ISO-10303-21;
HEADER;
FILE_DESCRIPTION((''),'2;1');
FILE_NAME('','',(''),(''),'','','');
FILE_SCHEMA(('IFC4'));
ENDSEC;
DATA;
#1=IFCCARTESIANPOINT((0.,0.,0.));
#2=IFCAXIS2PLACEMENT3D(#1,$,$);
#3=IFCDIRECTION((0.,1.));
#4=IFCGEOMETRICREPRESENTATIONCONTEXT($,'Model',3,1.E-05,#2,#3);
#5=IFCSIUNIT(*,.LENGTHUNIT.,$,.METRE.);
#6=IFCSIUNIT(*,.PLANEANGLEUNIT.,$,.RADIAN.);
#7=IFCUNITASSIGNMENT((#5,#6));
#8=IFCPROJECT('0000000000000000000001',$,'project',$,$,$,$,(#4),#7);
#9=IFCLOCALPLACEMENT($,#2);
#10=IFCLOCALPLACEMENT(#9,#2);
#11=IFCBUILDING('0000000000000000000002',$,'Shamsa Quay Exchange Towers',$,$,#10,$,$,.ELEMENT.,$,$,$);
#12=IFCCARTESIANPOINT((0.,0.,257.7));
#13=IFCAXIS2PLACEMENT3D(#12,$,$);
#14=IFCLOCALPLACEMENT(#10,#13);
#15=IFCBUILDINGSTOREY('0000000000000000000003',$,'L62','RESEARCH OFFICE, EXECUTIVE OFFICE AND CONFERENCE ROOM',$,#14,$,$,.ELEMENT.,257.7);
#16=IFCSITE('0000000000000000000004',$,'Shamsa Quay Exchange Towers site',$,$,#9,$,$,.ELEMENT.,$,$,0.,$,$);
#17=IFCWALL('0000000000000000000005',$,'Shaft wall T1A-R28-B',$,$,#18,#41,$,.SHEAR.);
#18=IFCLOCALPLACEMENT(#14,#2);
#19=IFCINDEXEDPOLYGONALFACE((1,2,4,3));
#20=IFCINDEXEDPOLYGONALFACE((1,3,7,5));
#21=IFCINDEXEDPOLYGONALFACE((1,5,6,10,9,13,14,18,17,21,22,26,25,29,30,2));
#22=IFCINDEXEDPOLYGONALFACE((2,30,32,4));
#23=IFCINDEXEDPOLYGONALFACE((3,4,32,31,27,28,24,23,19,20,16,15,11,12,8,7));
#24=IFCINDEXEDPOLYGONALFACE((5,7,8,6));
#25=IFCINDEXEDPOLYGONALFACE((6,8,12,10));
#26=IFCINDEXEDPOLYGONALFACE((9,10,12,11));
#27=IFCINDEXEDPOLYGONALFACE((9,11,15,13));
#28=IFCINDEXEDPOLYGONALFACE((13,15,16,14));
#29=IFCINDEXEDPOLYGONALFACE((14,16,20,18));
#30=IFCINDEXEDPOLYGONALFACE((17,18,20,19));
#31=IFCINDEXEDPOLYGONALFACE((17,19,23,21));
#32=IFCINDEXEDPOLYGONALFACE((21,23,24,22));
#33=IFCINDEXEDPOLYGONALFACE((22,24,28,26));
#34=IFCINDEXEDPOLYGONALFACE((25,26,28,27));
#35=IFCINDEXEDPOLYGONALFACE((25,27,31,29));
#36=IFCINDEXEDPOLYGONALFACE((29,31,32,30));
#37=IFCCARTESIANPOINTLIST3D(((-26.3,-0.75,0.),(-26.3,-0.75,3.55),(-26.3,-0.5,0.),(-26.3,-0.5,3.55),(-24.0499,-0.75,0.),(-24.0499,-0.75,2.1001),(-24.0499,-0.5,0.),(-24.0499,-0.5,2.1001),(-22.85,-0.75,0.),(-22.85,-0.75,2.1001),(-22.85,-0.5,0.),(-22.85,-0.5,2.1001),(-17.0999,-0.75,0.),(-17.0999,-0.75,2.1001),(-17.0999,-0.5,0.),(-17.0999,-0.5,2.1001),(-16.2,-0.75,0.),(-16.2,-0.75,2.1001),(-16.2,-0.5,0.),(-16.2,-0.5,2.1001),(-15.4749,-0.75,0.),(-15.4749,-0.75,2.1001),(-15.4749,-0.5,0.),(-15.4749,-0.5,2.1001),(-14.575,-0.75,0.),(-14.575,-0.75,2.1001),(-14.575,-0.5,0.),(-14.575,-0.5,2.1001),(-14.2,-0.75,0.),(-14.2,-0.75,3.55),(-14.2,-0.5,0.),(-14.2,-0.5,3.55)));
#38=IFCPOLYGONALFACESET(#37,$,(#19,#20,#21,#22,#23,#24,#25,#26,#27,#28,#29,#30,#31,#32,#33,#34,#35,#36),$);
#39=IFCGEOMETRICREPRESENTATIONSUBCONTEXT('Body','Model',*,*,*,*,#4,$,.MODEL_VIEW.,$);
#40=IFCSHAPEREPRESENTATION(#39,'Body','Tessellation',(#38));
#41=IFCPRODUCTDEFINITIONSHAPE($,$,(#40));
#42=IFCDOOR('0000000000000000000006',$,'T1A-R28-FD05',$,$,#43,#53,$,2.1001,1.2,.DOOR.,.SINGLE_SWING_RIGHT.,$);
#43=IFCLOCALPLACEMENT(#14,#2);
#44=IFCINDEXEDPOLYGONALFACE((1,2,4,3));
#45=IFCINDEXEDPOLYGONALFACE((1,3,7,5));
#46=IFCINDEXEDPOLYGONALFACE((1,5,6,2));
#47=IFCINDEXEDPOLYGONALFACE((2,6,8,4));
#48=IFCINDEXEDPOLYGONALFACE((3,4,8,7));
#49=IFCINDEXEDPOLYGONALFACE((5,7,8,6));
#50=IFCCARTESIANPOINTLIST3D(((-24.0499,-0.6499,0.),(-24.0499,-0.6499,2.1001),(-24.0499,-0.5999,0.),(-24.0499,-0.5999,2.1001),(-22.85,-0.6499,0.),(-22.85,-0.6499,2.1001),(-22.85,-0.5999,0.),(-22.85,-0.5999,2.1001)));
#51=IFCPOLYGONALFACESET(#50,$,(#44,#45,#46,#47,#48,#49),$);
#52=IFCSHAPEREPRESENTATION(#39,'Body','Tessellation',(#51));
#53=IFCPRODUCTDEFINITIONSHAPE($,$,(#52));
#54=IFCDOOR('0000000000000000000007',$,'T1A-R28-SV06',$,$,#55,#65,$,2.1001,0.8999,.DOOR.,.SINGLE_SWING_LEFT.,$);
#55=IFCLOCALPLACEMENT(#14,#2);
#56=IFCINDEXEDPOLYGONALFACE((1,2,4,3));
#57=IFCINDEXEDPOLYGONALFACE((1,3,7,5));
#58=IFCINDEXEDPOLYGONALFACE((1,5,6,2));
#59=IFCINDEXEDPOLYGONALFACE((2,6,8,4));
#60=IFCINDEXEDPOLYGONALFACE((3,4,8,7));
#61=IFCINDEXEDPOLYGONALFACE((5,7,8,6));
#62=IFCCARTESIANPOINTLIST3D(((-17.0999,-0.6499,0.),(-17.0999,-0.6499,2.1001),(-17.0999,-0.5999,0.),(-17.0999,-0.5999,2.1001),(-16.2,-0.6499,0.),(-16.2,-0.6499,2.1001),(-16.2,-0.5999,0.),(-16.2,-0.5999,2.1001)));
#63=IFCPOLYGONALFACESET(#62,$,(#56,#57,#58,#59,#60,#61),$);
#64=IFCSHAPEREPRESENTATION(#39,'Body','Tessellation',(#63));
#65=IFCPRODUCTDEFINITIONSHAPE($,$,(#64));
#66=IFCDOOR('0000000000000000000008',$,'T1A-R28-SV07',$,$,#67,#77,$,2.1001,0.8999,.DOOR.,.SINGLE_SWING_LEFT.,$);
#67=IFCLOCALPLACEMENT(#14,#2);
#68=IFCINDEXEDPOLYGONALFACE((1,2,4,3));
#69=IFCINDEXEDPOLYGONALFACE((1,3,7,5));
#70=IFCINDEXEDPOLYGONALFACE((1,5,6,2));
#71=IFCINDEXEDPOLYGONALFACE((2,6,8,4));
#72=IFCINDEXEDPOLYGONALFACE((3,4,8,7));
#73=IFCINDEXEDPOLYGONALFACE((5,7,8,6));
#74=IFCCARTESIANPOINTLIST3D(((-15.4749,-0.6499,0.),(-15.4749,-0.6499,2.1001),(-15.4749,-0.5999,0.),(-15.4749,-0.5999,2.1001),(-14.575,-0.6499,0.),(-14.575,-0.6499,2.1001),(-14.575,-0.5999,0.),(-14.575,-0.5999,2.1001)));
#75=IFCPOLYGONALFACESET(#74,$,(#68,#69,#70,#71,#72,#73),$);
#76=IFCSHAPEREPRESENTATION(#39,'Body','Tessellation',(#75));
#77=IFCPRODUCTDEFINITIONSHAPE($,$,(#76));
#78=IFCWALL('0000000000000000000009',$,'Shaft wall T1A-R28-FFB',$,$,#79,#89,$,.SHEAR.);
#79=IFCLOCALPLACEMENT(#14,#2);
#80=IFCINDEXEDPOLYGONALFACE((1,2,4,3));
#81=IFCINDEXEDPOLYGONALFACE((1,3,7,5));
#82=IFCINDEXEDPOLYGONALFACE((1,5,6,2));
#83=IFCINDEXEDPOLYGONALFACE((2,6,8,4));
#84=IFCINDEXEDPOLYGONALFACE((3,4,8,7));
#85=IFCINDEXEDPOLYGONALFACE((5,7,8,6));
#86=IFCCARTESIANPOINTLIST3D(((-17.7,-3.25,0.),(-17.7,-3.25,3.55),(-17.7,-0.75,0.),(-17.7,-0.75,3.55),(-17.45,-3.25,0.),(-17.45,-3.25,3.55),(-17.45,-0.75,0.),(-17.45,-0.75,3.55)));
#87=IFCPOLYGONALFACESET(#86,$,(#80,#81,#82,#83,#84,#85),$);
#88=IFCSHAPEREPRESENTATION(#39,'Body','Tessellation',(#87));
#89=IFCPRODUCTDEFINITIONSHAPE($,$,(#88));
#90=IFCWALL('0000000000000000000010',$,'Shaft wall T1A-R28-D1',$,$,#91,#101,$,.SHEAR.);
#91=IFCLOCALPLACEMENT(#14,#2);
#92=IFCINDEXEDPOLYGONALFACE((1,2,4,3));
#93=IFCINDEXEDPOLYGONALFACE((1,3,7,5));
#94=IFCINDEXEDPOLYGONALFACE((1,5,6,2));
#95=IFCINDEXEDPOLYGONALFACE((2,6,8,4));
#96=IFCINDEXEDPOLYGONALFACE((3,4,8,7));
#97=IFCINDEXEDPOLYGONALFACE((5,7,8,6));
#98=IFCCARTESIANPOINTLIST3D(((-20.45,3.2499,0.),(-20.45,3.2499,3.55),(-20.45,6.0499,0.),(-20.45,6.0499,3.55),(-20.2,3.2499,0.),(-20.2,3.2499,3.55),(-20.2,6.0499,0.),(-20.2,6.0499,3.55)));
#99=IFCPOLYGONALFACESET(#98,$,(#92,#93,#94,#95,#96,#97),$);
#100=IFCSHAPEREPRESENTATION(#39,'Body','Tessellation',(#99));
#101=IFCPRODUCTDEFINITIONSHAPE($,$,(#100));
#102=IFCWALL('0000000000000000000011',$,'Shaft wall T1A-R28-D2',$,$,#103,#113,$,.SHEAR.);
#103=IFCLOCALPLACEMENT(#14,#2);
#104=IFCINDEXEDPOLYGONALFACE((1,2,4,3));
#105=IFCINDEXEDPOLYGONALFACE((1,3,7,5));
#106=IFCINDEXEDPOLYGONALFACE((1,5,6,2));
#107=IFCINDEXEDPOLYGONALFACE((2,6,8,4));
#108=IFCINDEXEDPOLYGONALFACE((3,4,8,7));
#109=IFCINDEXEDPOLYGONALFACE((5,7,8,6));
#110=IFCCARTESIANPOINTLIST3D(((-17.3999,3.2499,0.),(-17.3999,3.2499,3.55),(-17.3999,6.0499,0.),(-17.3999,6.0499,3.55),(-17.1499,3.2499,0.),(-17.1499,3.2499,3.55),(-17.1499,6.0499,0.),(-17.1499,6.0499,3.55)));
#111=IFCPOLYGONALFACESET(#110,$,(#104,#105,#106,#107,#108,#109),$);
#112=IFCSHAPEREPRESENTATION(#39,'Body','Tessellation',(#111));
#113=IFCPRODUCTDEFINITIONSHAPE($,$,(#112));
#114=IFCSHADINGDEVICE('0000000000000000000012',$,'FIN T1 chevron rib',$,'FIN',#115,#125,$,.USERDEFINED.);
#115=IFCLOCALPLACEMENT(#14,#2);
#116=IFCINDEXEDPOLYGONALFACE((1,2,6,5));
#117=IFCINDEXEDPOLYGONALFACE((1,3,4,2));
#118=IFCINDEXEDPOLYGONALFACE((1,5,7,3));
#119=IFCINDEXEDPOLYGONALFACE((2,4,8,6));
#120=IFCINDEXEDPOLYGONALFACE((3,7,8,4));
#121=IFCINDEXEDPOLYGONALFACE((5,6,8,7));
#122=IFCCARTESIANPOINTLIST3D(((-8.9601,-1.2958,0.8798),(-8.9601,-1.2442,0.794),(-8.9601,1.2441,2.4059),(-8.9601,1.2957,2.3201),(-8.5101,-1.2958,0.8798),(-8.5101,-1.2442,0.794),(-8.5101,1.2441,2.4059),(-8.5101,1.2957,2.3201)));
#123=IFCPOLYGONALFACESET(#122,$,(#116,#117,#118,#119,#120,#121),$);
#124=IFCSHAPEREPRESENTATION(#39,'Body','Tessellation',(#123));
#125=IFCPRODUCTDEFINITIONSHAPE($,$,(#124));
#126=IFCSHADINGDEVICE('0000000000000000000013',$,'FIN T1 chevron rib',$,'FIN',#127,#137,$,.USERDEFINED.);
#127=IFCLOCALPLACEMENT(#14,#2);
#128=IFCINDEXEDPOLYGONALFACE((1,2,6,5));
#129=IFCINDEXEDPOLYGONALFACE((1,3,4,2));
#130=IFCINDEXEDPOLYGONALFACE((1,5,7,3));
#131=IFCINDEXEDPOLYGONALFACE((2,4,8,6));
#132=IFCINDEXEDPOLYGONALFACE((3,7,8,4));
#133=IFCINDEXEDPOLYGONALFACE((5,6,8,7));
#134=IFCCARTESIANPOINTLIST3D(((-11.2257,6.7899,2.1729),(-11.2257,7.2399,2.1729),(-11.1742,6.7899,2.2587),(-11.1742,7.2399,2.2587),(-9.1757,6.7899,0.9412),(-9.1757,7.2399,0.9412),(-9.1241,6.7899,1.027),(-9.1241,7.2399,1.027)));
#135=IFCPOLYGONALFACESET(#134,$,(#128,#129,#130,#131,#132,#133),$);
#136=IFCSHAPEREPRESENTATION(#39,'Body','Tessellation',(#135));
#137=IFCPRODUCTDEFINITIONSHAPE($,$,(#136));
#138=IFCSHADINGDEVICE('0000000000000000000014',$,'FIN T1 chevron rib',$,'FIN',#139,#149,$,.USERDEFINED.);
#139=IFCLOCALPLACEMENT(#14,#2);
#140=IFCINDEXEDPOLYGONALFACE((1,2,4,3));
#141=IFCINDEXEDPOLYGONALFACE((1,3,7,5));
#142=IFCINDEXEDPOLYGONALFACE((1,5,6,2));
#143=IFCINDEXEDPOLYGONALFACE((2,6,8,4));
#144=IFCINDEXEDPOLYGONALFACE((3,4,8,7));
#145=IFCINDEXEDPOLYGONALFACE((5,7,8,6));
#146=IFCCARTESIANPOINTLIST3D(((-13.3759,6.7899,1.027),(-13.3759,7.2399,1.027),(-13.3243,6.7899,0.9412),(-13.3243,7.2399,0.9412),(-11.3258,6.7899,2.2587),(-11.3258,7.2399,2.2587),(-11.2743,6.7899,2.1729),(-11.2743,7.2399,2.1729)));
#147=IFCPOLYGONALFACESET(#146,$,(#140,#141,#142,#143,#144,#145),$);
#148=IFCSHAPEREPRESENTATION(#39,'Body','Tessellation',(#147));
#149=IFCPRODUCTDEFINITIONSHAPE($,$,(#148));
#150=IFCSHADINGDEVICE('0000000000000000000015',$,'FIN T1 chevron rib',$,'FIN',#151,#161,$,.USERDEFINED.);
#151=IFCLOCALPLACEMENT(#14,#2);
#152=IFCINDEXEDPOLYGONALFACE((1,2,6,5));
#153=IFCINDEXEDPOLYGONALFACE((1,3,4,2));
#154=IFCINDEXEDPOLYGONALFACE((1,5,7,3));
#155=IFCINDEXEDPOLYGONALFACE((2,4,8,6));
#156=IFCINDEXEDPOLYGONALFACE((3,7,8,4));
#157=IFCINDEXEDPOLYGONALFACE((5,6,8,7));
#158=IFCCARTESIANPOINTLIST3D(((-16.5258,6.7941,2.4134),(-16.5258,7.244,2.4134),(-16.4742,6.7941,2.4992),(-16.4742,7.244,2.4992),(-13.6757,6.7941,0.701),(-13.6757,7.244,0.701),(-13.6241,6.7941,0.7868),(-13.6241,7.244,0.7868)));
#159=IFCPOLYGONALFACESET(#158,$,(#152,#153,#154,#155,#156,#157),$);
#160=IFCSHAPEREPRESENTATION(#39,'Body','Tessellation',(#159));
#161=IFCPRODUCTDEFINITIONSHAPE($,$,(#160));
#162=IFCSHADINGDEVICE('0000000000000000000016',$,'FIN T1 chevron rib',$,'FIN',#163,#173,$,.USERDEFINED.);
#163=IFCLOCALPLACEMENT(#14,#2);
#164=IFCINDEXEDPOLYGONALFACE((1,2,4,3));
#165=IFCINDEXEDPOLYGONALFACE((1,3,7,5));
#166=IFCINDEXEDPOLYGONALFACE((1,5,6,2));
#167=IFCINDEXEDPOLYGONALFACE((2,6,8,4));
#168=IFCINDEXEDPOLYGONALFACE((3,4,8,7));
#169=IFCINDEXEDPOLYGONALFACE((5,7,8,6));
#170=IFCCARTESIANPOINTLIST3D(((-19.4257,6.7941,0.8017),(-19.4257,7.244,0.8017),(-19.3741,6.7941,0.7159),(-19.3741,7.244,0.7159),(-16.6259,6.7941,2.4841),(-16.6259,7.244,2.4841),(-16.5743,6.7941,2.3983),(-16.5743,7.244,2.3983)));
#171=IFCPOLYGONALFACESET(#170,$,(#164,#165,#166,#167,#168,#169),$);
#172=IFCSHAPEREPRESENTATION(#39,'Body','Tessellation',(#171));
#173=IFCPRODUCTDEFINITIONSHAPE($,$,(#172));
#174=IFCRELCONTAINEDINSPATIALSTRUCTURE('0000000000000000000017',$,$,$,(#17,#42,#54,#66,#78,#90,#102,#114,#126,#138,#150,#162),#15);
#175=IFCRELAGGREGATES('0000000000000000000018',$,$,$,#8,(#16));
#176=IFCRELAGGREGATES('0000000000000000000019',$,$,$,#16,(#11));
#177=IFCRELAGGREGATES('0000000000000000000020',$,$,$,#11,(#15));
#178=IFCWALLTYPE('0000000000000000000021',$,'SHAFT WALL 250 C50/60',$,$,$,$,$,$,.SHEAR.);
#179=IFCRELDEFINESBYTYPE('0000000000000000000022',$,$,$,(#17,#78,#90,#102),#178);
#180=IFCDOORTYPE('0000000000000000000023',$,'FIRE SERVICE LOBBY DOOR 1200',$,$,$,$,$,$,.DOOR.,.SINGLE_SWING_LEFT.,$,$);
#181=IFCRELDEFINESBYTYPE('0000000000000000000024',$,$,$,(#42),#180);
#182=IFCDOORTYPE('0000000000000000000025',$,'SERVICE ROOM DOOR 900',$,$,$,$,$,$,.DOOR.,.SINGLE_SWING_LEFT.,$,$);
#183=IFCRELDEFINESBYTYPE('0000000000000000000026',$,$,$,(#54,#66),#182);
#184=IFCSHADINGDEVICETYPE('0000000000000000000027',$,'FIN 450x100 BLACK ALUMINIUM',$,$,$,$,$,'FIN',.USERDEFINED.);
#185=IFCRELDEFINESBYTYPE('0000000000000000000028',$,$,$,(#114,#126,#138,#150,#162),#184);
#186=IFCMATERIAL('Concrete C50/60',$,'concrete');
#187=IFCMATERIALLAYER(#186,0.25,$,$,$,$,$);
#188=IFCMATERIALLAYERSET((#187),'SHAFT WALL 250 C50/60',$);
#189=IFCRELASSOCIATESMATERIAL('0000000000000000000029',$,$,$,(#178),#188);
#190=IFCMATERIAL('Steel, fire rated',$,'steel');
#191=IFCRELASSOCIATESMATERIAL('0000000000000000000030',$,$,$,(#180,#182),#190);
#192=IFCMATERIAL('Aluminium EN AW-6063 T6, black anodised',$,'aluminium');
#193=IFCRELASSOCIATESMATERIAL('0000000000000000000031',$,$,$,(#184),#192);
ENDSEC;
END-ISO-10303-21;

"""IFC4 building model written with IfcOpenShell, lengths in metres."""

from ifc_helpers import new_model, si_unit, direction, frame, frame_2d, origin, origin_2d, place, context, subcontext, project, spatial, rectangle, extrude, material, layer, layer_set, material_profile, profile_set, type_object, element, fill, save


model = new_model("IFC4")

# Units and contexts
model_context = context("Model", 3, precision=1e-05, world=origin(), true_north=direction((0.0, 1.0)))
body_context = subcontext(model_context, "Body", "Model", "MODEL_VIEW")
ifc_project = project(units=[si_unit("LENGTHUNIT", "METRE"), si_unit("PLANEANGLEUNIT", "RADIAN")], contexts=[model_context])

# Site, building, storey
site_placement = place(None, origin())
site = spatial("IfcSite", under=ifc_project, at=site_placement, Name="Shamsa Quay Exchange Towers site", CompositionType="ELEMENT", RefElevation=0.0)
building_placement = place(site_placement, origin())
building = spatial("IfcBuilding", under=site, at=building_placement, Name="Shamsa Quay Exchange Towers", CompositionType="ELEMENT")
storey_placement = place(building_placement, frame((0.0, 0.0, 257.7)))
storey = spatial("IfcBuildingStorey", under=building, at=storey_placement, Name="L62", Description="RESEARCH OFFICE, EXECUTIVE OFFICE AND CONFERENCE ROOM", CompositionType="ELEMENT", Elevation=257.7)

# Shared definitions
ifc_material_1 = material(Name="Aluminium EN AW-6063 T6, black anodised", Category="aluminium")

# Shared definitions
ifc_material_2 = material(Name="Steel, fire rated", Category="steel")

# Wall, openings, doors
ifc_material_3 = material(Name="Concrete C50/60", Category="concrete")
ifc_layer_1 = layer(ifc_material_3, 0.25)
ifc_layer_set_1 = layer_set([ifc_layer_1], Name="SHAFT WALL 250 C50/60")
wall_type_1 = type_object("IfcWallType", Name="SHAFT WALL 250 C50/60", PredefinedType="SHEAR", material=ifc_layer_set_1)
wall_1_placement = place(storey_placement, frame((-14.2, -0.625, 0.0), z_axis=(0.0, 0.0, 1.0), x_axis=(-1.0, 0.0, 0.0)))
wall_1 = element("IfcWall", 1, at=wall_1_placement, inside=storey, type_object=wall_type_1, Name="Shaft wall T1A-R28-B", PredefinedType="SHEAR", context=body_context, shape_type="SweptSolid", body=[
    extrude(rectangle(XDim=12.1001, YDim=0.25, at=frame_2d((6.05, 0.0))), origin(), (0.0, 0.0, 1.0), 3.55),
])
opening_1_placement = place(wall_1_placement, frame((8.6499, 0.0, 0.0)))
opening_1 = element("IfcOpeningElement", 2, at=opening_1_placement, cuts=wall_1, PredefinedType="OPENING", context=body_context, shape_type="SweptSolid", body=[
    extrude(rectangle(XDim=1.2, YDim=2.1001, at=frame_2d((0.6001, 1.05))), frame((0.0, 0.135, 0.0), z_axis=(0.0, -1.0, 0.0), x_axis=(1.0, 0.0, 0.0)), (0.0, 0.0, 1.0), 0.27),
])
opening_2_placement = place(wall_1_placement, frame((2.0, 0.0, 0.0)))
opening_2 = element("IfcOpeningElement", 3, at=opening_2_placement, cuts=wall_1, PredefinedType="OPENING", context=body_context, shape_type="SweptSolid", body=[
    extrude(rectangle(XDim=0.8999, YDim=2.1001, at=frame_2d((0.45, 1.05))), frame((0.0, 0.135, 0.0), z_axis=(0.0, -1.0, 0.0), x_axis=(1.0, 0.0, 0.0)), (0.0, 0.0, 1.0), 0.27),
])
opening_3_placement = place(wall_1_placement, frame((0.375, 0.0, 0.0)))
opening_3 = element("IfcOpeningElement", 4, at=opening_3_placement, cuts=wall_1, PredefinedType="OPENING", context=body_context, shape_type="SweptSolid", body=[
    extrude(rectangle(XDim=0.8999, YDim=2.1001, at=frame_2d((0.45, 1.05))), frame((0.0, 0.135, 0.0), z_axis=(0.0, -1.0, 0.0), x_axis=(1.0, 0.0, 0.0)), (0.0, 0.0, 1.0), 0.27),
])
door_type_1 = type_object("IfcDoorType", Name="FIRE SERVICE LOBBY DOOR 1200", OperationType="SINGLE_SWING_LEFT", PredefinedType="DOOR", material=ifc_material_2)
door_1_placement = place(opening_1_placement, origin())
door_1 = element("IfcDoor", 5, at=door_1_placement, inside=storey, type_object=door_type_1, Name="T1A-R28-FD05", OperationType="SINGLE_SWING_RIGHT", OverallHeight=2.1001, OverallWidth=1.2, PredefinedType="DOOR", context=body_context, shape_type="SweptSolid", body=[
    extrude(rectangle(XDim=1.2, YDim=2.1001, at=frame_2d((0.6001, 1.05))), frame((0.0, 0.0249, 0.0), z_axis=(0.0, -1.0, 0.0), x_axis=(1.0, 0.0, 0.0)), (0.0, 0.0, 1.0), 0.05),
])
fill(opening_1, door_1)
door_type_2 = type_object("IfcDoorType", Name="SERVICE ROOM DOOR 900", OperationType="SINGLE_SWING_LEFT", PredefinedType="DOOR", material=ifc_material_2)
door_2_placement = place(opening_2_placement, origin())
door_2 = element("IfcDoor", 6, at=door_2_placement, inside=storey, type_object=door_type_2, Name="T1A-R28-SV06", OperationType="SINGLE_SWING_LEFT", OverallHeight=2.1001, OverallWidth=0.8999, PredefinedType="DOOR", context=body_context, shape_type="SweptSolid", body=[
    extrude(rectangle(XDim=0.8999, YDim=2.1001, at=frame_2d((0.45, 1.05))), frame((0.0, 0.0249, 0.0), z_axis=(0.0, -1.0, 0.0), x_axis=(1.0, 0.0, 0.0)), (0.0, 0.0, 1.0), 0.05),
])
fill(opening_2, door_2)
door_3_placement = place(opening_3_placement, origin())
door_3 = element("IfcDoor", 7, at=door_3_placement, inside=storey, type_object=door_type_2, Name="T1A-R28-SV07", OperationType="SINGLE_SWING_LEFT", OverallHeight=2.1001, OverallWidth=0.8999, PredefinedType="DOOR", context=body_context, shape_type="SweptSolid", body=[
    extrude(rectangle(XDim=0.8999, YDim=2.1001, at=frame_2d((0.45, 1.05))), frame((0.0, 0.0249, 0.0), z_axis=(0.0, -1.0, 0.0), x_axis=(1.0, 0.0, 0.0)), (0.0, 0.0, 1.0), 0.05),
])
fill(opening_3, door_3)

# Walls
wall_2_placement = place(storey_placement, frame((-17.575, -3.25, 0.0), z_axis=(0.0, 0.0, 1.0), x_axis=(0.0, 1.0, 0.0)))
element("IfcWall", 8, at=wall_2_placement, inside=storey, type_object=wall_type_1, Name="Shaft wall T1A-R28-FFB", PredefinedType="SHEAR", context=body_context, shape_type="SweptSolid", body=[
    extrude(rectangle(XDim=2.5, YDim=0.25, at=frame_2d((1.25, 0.0))), origin(), (0.0, 0.0, 1.0), 3.55),
])
for number, where, z_axis, x_axis, name in (
    (9, (-20.325, 3.25, 0.0), (0.0, 0.0, 1.0), (0.0, 1.0, 0.0), "Shaft wall T1A-R28-D1"),
    (10, (-17.2749, 3.25, 0.0), (0.0, 0.0, 1.0), (0.0, 1.0, 0.0), "Shaft wall T1A-R28-D2"),
):
    element("IfcWall", number, at=place(storey_placement, frame(where, z_axis=z_axis, x_axis=x_axis)), inside=storey, type_object=wall_type_1, Name=name, PredefinedType="SHEAR", context=body_context, shape_type="SweptSolid", body=[
        extrude(rectangle(XDim=2.8, YDim=0.25, at=frame_2d((1.3999, 0.0))), origin(), (0.0, 0.0, 1.0), 3.55),
    ])

# Shading devices
ifc_material_profile_1 = material_profile(ifc_material_1, rectangle(XDim=0.45, YDim=0.1001, at=origin_2d()), Name="FIN450x100")
ifc_profile_set_1 = profile_set([ifc_material_profile_1], Name="Aluminium EN AW-6063 T6, black anodised")
shading_device_type = type_object("IfcShadingDeviceType", Name="FIN 450x100 BLACK ALUMINIUM", ElementType="FIN", PredefinedType="USERDEFINED", material=ifc_profile_set_1)
shading_device_1_placement = place(storey_placement, frame((-8.7351, -1.27, 0.8369), z_axis=(0.0, 0.85718, 0.515017), x_axis=(-1.0, 0.0, 0.0)))
element("IfcShadingDevice", 11, at=shading_device_1_placement, inside=storey, type_object=shading_device_type, Name="FIN T1 chevron rib", ObjectType="FIN", PredefinedType="USERDEFINED", context=body_context, shape_type="SweptSolid", body=[
    extrude(rectangle(XDim=0.45, YDim=0.1001, at=origin_2d()), origin(), (0.0, 0.0, 1.0), 2.9631),
])
for number, where, z_axis, x_axis, name in (
    (12, (-9.1499, 7.0149, 0.9841), (-0.857187, 0.0, 0.515006), (0.0, -1.0, 0.0), "FIN T1 chevron rib"),
    (13, (-11.3, 7.0149, 2.2158), (-0.857187, 0.0, -0.515006), (0.0, -1.0, 0.0), "FIN T1 chevron rib"),
):
    element("IfcShadingDevice", number, at=place(storey_placement, frame(where, z_axis=z_axis, x_axis=x_axis)), inside=storey, type_object=shading_device_type, Name=name, ObjectType="FIN", PredefinedType="USERDEFINED", context=body_context, shape_type="SweptSolid", body=[
        extrude(rectangle(XDim=0.45, YDim=0.1001, at=origin_2d()), origin(), (0.0, 0.0, 1.0), 2.3916),
    ])
shading_device_2_placement = place(storey_placement, frame((-13.6499, 7.019, 0.7439), z_axis=(-0.857182, 0.0, 0.515014), x_axis=(0.0, -1.0, 0.0)))
element("IfcShadingDevice", 14, at=shading_device_2_placement, inside=storey, type_object=shading_device_type, Name="FIN T1 chevron rib", ObjectType="FIN", PredefinedType="USERDEFINED", context=body_context, shape_type="SweptSolid", body=[
    extrude(rectangle(XDim=0.45, YDim=0.1001, at=origin_2d()), origin(), (0.0, 0.0, 1.0), 3.325),
])
shading_device_3_placement = place(storey_placement, frame((-16.6001, 7.019, 2.4412), z_axis=(-0.857156, 0.0, -0.515056), x_axis=(0.0, -1.0, 0.0)))
element("IfcShadingDevice", 15, at=shading_device_3_placement, inside=storey, type_object=shading_device_type, Name="FIN T1 chevron rib", ObjectType="FIN", PredefinedType="USERDEFINED", context=body_context, shape_type="SweptSolid", body=[
    extrude(rectangle(XDim=0.45, YDim=0.1001, at=origin_2d()), origin(), (0.0, 0.0, 1.0), 3.2664),
])

save(model, "model.ifc")
